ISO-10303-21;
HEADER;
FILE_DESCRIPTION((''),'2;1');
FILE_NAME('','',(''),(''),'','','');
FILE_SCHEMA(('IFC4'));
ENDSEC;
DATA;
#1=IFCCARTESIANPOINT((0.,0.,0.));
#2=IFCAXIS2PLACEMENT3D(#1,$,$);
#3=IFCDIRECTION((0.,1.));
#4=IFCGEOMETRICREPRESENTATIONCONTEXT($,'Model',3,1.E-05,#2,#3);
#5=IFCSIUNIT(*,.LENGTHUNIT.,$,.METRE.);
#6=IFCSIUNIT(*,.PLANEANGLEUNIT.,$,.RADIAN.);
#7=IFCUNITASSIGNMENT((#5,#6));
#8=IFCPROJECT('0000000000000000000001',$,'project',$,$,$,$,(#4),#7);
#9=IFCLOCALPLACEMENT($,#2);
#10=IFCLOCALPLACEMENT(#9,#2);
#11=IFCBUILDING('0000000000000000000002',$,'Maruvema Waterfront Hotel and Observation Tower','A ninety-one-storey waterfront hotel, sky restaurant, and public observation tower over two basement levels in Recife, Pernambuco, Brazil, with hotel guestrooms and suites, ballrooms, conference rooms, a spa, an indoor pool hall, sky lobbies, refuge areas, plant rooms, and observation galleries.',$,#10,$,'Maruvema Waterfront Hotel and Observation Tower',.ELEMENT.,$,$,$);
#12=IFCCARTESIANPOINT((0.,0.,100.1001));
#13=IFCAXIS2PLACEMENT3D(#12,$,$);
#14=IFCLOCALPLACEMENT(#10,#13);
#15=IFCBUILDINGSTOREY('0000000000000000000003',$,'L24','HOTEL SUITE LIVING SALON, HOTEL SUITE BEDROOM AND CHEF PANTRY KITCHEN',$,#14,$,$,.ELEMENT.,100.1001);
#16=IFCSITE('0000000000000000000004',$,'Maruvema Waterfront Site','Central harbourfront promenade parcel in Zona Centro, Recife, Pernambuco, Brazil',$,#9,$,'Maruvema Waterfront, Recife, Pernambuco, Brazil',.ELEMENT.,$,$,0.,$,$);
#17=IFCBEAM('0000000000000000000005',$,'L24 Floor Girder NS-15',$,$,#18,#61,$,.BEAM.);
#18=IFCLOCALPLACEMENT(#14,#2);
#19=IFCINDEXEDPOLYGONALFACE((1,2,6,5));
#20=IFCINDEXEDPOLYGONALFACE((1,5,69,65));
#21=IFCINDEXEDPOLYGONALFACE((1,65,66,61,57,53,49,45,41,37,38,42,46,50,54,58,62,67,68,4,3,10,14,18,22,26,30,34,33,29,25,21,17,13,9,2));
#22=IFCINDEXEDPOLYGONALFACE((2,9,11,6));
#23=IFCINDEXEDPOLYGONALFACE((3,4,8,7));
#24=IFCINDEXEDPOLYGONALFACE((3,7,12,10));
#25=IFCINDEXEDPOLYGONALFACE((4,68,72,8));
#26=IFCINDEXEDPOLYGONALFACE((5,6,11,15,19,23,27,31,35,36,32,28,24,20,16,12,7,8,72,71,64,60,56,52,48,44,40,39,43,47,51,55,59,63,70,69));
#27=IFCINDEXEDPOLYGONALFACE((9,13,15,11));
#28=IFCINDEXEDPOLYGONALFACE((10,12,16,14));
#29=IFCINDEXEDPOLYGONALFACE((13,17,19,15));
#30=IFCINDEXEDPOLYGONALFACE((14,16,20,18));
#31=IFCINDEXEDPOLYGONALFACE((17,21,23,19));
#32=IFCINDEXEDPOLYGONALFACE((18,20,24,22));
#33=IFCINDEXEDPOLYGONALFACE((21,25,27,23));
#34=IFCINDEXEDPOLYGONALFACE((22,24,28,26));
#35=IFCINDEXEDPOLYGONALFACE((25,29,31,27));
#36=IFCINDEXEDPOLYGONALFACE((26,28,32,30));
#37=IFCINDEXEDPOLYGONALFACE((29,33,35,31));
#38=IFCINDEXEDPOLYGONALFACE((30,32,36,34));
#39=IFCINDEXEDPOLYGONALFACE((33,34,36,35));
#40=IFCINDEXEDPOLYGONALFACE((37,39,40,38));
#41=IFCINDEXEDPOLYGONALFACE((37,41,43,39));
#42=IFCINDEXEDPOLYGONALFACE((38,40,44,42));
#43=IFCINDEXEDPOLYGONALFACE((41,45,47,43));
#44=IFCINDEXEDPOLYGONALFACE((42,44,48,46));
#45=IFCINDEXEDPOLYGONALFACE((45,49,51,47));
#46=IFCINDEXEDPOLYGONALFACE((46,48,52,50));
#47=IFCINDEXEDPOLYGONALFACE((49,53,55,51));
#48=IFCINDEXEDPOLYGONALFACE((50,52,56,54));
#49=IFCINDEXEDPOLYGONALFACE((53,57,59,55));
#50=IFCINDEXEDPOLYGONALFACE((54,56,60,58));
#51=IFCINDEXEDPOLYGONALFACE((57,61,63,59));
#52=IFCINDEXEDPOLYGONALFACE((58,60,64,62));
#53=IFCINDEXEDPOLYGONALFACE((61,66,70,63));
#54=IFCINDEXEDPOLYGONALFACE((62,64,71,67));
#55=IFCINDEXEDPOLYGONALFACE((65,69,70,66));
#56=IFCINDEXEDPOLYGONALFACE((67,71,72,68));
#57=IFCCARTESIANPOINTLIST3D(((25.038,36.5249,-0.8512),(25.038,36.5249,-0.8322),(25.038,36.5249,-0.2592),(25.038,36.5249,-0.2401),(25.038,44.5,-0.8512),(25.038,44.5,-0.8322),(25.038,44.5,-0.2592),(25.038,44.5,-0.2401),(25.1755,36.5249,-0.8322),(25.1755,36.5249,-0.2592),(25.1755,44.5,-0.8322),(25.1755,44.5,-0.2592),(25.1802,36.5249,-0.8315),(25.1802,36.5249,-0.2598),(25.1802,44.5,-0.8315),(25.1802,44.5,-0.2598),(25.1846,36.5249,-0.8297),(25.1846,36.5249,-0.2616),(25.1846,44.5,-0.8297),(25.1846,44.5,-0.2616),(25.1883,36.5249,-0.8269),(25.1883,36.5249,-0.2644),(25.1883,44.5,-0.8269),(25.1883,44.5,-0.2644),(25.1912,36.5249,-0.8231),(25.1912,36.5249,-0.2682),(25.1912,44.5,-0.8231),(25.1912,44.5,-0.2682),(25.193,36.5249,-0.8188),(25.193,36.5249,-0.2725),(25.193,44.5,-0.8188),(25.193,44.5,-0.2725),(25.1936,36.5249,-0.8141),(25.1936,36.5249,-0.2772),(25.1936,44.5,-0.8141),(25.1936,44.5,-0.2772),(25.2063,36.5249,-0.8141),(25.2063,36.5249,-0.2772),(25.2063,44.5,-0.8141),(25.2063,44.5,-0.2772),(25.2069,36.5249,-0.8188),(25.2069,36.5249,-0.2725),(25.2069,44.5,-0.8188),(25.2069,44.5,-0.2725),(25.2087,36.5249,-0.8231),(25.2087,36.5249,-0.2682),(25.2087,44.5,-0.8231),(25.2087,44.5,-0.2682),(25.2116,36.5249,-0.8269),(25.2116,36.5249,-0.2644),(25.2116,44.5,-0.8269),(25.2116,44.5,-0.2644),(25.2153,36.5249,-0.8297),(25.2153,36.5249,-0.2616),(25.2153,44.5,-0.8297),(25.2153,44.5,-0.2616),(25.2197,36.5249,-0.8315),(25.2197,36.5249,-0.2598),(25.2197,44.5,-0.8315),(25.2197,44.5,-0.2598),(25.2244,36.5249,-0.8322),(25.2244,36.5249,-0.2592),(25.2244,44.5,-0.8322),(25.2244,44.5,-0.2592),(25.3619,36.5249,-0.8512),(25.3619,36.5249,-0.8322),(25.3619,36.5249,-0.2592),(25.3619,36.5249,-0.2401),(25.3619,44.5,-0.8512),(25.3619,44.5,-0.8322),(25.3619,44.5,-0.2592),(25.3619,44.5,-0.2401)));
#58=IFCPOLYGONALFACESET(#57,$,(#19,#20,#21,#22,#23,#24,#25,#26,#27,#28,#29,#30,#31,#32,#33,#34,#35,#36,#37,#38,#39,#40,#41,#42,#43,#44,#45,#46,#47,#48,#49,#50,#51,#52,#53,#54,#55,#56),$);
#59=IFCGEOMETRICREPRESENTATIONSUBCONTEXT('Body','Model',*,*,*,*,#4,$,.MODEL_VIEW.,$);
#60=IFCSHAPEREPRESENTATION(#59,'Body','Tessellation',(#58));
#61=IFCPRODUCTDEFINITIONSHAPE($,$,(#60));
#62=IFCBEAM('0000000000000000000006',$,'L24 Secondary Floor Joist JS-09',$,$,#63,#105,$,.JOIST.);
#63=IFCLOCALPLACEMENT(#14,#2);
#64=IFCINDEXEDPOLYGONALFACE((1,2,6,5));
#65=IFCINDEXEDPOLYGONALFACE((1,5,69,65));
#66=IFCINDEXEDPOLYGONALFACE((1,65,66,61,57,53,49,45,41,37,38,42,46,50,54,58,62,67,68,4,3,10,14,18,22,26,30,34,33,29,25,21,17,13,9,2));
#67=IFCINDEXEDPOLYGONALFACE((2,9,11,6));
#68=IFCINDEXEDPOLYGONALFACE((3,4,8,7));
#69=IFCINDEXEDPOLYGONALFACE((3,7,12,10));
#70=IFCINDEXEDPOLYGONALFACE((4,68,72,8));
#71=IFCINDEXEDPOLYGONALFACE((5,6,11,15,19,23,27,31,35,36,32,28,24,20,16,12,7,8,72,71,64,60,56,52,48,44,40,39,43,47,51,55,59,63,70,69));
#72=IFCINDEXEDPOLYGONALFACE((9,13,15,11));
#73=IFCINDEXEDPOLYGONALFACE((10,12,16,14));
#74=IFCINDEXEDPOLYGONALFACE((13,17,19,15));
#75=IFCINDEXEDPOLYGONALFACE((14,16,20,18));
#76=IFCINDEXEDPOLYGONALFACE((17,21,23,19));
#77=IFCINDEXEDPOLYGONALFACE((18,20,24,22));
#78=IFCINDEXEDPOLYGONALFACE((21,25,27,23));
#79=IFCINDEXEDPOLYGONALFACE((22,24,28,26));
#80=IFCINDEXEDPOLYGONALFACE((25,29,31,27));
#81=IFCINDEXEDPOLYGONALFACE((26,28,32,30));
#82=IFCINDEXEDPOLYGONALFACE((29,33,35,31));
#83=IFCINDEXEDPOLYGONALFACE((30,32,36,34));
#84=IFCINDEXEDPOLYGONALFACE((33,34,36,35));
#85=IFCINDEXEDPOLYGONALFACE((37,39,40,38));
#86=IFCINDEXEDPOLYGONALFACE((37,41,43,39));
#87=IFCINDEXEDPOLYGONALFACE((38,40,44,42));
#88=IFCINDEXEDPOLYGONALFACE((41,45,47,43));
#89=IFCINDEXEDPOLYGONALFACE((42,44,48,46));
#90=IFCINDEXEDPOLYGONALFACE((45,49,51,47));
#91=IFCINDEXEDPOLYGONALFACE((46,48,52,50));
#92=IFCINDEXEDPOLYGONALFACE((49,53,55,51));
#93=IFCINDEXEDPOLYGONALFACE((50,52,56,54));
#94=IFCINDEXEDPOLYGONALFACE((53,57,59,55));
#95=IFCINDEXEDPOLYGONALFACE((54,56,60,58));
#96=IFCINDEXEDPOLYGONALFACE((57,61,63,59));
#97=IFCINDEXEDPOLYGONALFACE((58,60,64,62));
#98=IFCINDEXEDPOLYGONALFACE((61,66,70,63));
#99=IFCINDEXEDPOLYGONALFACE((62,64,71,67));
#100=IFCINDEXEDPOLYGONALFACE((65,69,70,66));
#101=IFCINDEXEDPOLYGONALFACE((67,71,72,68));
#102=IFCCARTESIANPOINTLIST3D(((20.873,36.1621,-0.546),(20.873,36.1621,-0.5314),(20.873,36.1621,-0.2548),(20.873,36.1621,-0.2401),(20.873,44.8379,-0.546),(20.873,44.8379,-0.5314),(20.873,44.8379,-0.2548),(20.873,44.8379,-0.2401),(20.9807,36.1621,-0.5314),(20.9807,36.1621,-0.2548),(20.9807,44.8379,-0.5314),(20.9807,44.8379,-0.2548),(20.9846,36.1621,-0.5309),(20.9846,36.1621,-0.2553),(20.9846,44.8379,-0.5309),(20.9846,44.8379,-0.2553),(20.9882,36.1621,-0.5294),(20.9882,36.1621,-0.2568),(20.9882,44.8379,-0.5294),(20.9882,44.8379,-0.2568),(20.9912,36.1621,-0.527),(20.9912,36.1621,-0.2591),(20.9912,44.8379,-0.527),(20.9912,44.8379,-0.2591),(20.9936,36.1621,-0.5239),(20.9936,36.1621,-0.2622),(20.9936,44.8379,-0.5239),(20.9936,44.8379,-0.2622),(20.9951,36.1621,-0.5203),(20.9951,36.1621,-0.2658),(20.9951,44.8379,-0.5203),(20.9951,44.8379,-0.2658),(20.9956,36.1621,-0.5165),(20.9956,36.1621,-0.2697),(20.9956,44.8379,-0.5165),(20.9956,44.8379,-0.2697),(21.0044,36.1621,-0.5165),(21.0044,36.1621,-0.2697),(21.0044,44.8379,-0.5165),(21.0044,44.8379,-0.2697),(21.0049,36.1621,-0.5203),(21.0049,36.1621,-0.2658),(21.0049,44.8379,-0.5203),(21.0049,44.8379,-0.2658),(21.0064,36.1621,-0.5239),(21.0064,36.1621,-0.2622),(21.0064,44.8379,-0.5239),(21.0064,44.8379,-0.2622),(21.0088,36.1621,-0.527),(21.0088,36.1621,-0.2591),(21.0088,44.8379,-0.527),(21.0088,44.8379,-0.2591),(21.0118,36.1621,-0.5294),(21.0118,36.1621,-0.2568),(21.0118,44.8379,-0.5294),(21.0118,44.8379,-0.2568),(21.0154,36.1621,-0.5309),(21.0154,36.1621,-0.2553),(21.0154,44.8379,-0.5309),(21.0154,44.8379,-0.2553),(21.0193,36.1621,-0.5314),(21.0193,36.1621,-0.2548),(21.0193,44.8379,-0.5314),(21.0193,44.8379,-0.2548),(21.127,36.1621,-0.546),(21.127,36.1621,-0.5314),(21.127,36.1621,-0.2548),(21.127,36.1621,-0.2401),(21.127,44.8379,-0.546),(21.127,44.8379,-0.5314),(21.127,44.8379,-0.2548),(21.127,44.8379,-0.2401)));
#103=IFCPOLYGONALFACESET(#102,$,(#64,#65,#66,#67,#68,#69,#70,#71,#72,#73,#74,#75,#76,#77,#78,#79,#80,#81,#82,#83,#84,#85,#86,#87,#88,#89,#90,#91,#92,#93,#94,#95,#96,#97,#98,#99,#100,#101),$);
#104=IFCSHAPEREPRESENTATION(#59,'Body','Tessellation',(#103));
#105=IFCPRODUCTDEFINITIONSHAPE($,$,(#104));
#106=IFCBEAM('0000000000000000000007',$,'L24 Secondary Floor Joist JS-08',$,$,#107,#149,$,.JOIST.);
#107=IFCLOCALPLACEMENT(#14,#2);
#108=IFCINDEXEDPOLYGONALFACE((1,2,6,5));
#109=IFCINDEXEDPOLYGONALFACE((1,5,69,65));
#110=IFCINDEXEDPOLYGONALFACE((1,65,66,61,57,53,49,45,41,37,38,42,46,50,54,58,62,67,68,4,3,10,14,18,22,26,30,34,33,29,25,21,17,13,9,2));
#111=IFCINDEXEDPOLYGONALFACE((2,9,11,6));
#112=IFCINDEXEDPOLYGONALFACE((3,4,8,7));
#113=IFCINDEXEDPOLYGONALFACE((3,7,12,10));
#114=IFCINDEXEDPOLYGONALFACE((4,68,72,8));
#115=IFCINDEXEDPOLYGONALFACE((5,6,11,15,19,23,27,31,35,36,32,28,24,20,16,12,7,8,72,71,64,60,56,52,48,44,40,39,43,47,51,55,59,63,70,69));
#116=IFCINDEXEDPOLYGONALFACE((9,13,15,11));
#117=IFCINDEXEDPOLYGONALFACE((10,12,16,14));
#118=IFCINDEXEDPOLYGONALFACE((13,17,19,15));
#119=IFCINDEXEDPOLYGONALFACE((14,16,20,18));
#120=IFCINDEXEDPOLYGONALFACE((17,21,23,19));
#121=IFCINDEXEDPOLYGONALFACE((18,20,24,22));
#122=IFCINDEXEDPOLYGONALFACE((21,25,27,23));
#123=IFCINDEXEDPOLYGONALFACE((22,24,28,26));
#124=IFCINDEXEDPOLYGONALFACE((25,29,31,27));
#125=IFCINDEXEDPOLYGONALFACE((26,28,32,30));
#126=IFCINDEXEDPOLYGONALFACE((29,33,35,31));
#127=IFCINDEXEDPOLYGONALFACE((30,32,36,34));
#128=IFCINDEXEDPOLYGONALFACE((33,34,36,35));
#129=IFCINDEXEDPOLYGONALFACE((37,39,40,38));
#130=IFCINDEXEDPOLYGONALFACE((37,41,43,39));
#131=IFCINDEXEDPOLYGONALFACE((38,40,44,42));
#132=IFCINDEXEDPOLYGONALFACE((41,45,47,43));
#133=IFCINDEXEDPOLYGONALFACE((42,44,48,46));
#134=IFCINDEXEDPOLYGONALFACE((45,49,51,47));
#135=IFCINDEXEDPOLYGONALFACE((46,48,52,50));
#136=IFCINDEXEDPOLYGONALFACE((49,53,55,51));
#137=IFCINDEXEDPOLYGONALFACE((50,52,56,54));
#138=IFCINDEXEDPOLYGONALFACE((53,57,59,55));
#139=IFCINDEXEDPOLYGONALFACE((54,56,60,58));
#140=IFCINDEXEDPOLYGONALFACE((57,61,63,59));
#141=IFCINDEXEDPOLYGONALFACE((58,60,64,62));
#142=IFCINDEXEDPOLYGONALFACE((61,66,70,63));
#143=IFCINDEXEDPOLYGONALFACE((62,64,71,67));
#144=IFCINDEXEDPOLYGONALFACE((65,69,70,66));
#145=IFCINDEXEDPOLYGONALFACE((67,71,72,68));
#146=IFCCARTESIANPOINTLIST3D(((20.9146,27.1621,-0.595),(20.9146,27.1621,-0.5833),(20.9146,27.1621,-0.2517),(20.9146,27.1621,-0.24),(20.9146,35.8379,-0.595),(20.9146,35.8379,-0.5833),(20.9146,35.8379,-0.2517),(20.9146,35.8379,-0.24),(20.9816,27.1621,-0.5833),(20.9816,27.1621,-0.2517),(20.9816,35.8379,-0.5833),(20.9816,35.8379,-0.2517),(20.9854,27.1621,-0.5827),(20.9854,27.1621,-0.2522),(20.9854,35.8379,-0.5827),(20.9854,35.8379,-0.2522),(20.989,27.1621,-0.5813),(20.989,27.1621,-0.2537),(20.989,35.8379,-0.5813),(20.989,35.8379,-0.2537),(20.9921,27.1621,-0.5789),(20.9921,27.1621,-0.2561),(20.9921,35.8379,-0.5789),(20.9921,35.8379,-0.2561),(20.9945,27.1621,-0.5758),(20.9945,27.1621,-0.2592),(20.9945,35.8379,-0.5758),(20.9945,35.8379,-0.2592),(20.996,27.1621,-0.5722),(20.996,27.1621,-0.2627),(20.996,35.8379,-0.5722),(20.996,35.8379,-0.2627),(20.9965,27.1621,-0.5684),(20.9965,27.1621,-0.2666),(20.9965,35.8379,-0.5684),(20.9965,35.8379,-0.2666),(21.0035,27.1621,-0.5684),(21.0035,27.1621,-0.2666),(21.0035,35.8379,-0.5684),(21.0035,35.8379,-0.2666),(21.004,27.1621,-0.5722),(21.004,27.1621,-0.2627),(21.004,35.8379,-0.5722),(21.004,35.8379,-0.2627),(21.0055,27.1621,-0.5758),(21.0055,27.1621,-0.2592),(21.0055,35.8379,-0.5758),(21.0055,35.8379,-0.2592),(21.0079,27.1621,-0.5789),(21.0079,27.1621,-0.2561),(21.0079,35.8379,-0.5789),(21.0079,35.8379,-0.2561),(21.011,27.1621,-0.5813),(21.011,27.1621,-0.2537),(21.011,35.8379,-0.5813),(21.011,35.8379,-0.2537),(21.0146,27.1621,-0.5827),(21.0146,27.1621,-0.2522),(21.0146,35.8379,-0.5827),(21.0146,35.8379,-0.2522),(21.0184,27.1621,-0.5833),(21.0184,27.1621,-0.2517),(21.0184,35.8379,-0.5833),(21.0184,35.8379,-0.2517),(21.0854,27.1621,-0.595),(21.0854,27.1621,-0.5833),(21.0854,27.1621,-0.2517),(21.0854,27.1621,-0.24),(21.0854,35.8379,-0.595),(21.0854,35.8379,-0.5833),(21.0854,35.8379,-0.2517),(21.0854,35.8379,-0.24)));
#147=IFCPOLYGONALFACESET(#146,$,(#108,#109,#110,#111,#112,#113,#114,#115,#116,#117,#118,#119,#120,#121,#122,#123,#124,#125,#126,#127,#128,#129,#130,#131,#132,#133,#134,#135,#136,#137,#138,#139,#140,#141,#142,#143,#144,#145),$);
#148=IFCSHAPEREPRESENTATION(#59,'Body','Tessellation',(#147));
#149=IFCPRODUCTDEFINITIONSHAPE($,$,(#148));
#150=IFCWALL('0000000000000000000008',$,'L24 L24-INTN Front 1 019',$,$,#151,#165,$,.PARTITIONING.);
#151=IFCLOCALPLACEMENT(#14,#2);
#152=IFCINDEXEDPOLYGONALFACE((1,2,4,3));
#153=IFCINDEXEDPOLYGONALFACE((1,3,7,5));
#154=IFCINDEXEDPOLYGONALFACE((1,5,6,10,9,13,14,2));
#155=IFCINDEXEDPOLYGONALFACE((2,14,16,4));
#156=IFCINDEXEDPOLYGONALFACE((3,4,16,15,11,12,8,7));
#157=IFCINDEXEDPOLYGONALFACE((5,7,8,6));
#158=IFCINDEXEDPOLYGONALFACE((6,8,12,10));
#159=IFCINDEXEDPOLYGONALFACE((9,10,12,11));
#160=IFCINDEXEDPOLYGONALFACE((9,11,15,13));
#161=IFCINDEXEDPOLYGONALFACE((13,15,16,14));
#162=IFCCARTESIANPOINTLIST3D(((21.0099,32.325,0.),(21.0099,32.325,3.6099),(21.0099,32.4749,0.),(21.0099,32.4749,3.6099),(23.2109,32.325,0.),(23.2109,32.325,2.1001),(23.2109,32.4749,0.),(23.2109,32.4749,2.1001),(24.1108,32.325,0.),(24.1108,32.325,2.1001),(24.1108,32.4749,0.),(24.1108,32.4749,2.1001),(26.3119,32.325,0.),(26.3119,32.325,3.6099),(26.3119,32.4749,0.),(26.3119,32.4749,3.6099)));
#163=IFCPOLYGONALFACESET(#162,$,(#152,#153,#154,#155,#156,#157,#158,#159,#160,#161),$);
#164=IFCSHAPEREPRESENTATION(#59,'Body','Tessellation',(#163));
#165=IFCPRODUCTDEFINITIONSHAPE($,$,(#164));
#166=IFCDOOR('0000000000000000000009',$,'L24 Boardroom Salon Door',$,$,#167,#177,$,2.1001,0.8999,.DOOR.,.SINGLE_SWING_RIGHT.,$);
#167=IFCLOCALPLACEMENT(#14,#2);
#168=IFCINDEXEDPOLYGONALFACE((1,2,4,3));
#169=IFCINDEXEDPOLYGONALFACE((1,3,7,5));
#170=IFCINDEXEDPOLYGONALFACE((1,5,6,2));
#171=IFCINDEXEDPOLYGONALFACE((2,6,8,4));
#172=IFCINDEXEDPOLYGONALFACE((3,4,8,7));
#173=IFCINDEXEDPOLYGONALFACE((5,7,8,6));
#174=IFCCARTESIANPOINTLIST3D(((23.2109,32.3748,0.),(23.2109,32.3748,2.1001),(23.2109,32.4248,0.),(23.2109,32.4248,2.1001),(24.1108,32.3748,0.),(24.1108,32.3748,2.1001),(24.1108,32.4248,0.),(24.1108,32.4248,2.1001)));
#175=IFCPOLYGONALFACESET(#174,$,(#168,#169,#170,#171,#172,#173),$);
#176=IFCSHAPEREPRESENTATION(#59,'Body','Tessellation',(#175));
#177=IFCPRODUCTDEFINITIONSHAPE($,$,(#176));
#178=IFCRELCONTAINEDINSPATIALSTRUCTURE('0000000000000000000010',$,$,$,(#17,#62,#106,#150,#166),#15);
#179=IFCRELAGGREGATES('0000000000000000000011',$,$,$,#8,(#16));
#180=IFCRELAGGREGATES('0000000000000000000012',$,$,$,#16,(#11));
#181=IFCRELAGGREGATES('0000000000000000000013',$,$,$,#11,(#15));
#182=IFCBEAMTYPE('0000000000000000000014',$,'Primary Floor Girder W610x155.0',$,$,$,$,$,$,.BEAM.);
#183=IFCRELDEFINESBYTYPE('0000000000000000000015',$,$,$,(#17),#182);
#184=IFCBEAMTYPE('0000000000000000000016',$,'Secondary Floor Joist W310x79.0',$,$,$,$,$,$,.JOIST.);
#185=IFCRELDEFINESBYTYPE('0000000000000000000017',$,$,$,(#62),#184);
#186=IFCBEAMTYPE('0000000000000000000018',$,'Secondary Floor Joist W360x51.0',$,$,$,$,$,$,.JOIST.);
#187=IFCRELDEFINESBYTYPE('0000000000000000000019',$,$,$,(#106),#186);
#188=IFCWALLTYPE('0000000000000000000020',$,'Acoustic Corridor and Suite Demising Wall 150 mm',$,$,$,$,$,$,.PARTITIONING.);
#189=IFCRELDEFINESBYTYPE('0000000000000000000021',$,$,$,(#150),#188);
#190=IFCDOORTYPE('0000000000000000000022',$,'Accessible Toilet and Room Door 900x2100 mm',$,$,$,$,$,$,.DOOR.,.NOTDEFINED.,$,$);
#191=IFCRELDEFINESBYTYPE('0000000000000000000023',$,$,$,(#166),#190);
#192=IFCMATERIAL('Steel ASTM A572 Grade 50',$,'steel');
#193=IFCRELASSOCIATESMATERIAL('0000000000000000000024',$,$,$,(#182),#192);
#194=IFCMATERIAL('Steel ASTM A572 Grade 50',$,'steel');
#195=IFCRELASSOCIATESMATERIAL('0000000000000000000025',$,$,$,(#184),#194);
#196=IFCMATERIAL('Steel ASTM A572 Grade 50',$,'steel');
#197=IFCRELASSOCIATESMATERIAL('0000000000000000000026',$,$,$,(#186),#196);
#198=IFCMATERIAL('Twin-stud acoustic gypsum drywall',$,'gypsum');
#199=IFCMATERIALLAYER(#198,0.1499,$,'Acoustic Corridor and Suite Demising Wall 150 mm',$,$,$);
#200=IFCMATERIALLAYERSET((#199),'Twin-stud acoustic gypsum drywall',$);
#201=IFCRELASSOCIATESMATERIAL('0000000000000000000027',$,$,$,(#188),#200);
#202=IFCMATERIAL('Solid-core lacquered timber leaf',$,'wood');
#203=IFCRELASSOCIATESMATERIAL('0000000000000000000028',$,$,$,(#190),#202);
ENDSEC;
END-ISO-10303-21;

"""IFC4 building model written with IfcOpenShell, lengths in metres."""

from ifc_helpers import new_model, si_unit, direction, frame, frame_2d, origin, origin_2d, place, context, subcontext, project, spatial, rectangle, i_section, extrude, material, layer, layer_set, material_profile, profile_set, type_object, element, fill, save


model = new_model("IFC4")

# Units and contexts
model_context = context("Model", 3, precision=1e-05, world=origin(), true_north=direction((0.0, 1.0)))
body_context = subcontext(model_context, "Body", "Model", "MODEL_VIEW")
ifc_project = project(units=[si_unit("LENGTHUNIT", "METRE"), si_unit("PLANEANGLEUNIT", "RADIAN")], contexts=[model_context])

# Site, building, storey
site_placement = place(None, origin())
site = spatial("IfcSite", under=ifc_project, at=site_placement, Name="Maruvema Waterfront Site", Description="Central harbourfront promenade parcel in Zona Centro, Recife, Pernambuco, Brazil", LongName="Maruvema Waterfront, Recife, Pernambuco, Brazil", CompositionType="ELEMENT", RefElevation=0.0)
building_placement = place(site_placement, origin())
building = spatial("IfcBuilding", under=site, at=building_placement, Name="Maruvema Waterfront Hotel and Observation Tower", Description="A ninety-one-storey waterfront hotel, sky restaurant, and public observation tower over two basement levels in Recife, Pernambuco, Brazil, with hotel guestrooms and suites, ballrooms, conference rooms, a spa, an indoor pool hall, sky lobbies, refuge areas, plant rooms, and observation galleries.", LongName="Maruvema Waterfront Hotel and Observation Tower", CompositionType="ELEMENT")
storey_placement = place(building_placement, frame((0.0, 0.0, 100.1001)))
storey = spatial("IfcBuildingStorey", under=building, at=storey_placement, Name="L24", Description="HOTEL SUITE LIVING SALON, HOTEL SUITE BEDROOM AND CHEF PANTRY KITCHEN", CompositionType="ELEMENT", Elevation=100.1001)

# Beams
ifc_material_1 = material(Name="Steel ASTM A572 Grade 50", Category="steel")
ifc_material_profile_1 = material_profile(ifc_material_1, i_section(OverallWidth=0.324, OverallDepth=0.6111, WebThickness=0.0127, FlangeThickness=0.019, FilletRadius=0.0181, at=origin_2d()), Name="W610x155.0")
ifc_profile_set_1 = profile_set([ifc_material_profile_1], Name="Steel ASTM A572 Grade 50")
beam_type_1 = type_object("IfcBeamType", Name="Primary Floor Girder W610x155.0", PredefinedType="BEAM", material=ifc_profile_set_1)
for number, where, z_axis, x_axis, name in (
    (1, (25.2, 36.5249, -0.5457), (0.0, 1.0, 0.0), (-1.0, 0.0, 0.0), "L24 Floor Girder NS-15"),
):
    element("IfcBeam", number, at=place(storey_placement, frame(where, z_axis=z_axis, x_axis=x_axis)), inside=storey, type_object=beam_type_1, Name=name, PredefinedType="BEAM", context=body_context, shape_type="SweptSolid", body=[
        extrude(i_section(OverallWidth=0.324, OverallDepth=0.6111, WebThickness=0.0127, FlangeThickness=0.019, FilletRadius=0.0181, at=origin_2d()), origin(), (0.0, 0.0, 1.0), 7.9751),
    ])
ifc_material_2 = material(Name="Steel ASTM A572 Grade 50", Category="steel")
ifc_material_profile_2 = material_profile(ifc_material_2, i_section(OverallWidth=0.2539, OverallDepth=0.3059, WebThickness=0.0088, FlangeThickness=0.0146, FilletRadius=0.0149, at=origin_2d()), Name="W310x79.0")
ifc_profile_set_2 = profile_set([ifc_material_profile_2], Name="Steel ASTM A572 Grade 50")
beam_type_2 = type_object("IfcBeamType", Name="Secondary Floor Joist W310x79.0", PredefinedType="JOIST", material=ifc_profile_set_2)
beam_1_placement = place(storey_placement, frame((21.0, 36.1621, -0.3931), z_axis=(0.0, 1.0, 0.0), x_axis=(-1.0, 0.0, 0.0)))
element("IfcBeam", 2, at=beam_1_placement, inside=storey, type_object=beam_type_2, Name="L24 Secondary Floor Joist JS-09", PredefinedType="JOIST", context=body_context, shape_type="SweptSolid", body=[
    extrude(i_section(OverallWidth=0.2539, OverallDepth=0.3059, WebThickness=0.0088, FlangeThickness=0.0146, FilletRadius=0.0149, at=origin_2d()), origin(), (0.0, 0.0, 1.0), 8.6758),
])
ifc_material_3 = material(Name="Steel ASTM A572 Grade 50", Category="steel")
ifc_material_profile_3 = material_profile(ifc_material_3, i_section(OverallWidth=0.1709, OverallDepth=0.355, WebThickness=0.0071, FlangeThickness=0.0117, FilletRadius=0.0149, at=origin_2d()), Name="W360x51.0")
ifc_profile_set_3 = profile_set([ifc_material_profile_3], Name="Steel ASTM A572 Grade 50")
beam_type_3 = type_object("IfcBeamType", Name="Secondary Floor Joist W360x51.0", PredefinedType="JOIST", material=ifc_profile_set_3)
beam_2_placement = place(storey_placement, frame((21.0, 27.1621, -0.4175), z_axis=(0.0, 1.0, 0.0), x_axis=(-1.0, 0.0, 0.0)))
element("IfcBeam", 3, at=beam_2_placement, inside=storey, type_object=beam_type_3, Name="L24 Secondary Floor Joist JS-08", PredefinedType="JOIST", context=body_context, shape_type="SweptSolid", body=[
    extrude(i_section(OverallWidth=0.1709, OverallDepth=0.355, WebThickness=0.0071, FlangeThickness=0.0117, FilletRadius=0.0149, at=origin_2d()), origin(), (0.0, 0.0, 1.0), 8.6758),
])

# Wall, opening, door
ifc_material_4 = material(Name="Twin-stud acoustic gypsum drywall", Category="gypsum")
ifc_layer_1 = layer(ifc_material_4, 0.1499, Name="Acoustic Corridor and Suite Demising Wall 150 mm")
ifc_layer_set_1 = layer_set([ifc_layer_1], Name="Twin-stud acoustic gypsum drywall")
wall_type_1 = type_object("IfcWallType", Name="Acoustic Corridor and Suite Demising Wall 150 mm", PredefinedType="PARTITIONING", material=ifc_layer_set_1)
wall_1_placement = place(storey_placement, frame((21.01, 32.3999, 0.0), z_axis=(0.0, 0.0, 1.0), x_axis=(1.0, 0.0, 0.0)))
wall_1 = element("IfcWall", 4, at=wall_1_placement, inside=storey, type_object=wall_type_1, Name="L24 L24-INTN Front 1 019", PredefinedType="PARTITIONING", context=body_context, shape_type="SweptSolid", body=[
    extrude(rectangle(XDim=5.302, YDim=0.1499, at=frame_2d((2.6509, 0.0))), origin(), (0.0, 0.0, 1.0), 3.6099),
])
opening_1_placement = place(wall_1_placement, frame((2.2009, 0.0, 0.0)))
opening_1 = element("IfcOpeningElement", 5, at=opening_1_placement, cuts=wall_1, PredefinedType="OPENING", context=body_context, shape_type="SweptSolid", body=[
    extrude(rectangle(XDim=0.8999, YDim=2.1001, at=frame_2d((0.45, 1.05))), frame((0.0, 0.085, 0.0), z_axis=(0.0, -1.0, 0.0), x_axis=(1.0, 0.0, 0.0)), (0.0, 0.0, 1.0), 0.1699),
])
ifc_material_5 = material(Name="Solid-core lacquered timber leaf", Category="wood")
door_type_1 = type_object("IfcDoorType", Name="Accessible Toilet and Room Door 900x2100 mm", OperationType="NOTDEFINED", PredefinedType="DOOR", material=ifc_material_5)
door_1_placement = place(opening_1_placement, origin())
door_1 = element("IfcDoor", 6, at=door_1_placement, inside=storey, type_object=door_type_1, Name="L24 Boardroom Salon Door", OperationType="SINGLE_SWING_RIGHT", OverallHeight=2.1001, OverallWidth=0.8999, PredefinedType="DOOR", context=body_context, shape_type="SweptSolid", body=[
    extrude(rectangle(XDim=0.8999, YDim=2.1001, at=frame_2d((0.45, 1.05))), frame((0.0, 0.0249, 0.0), z_axis=(0.0, -1.0, 0.0), x_axis=(1.0, 0.0, 0.0)), (0.0, 0.0, 1.0), 0.05),
])
fill(opening_1, door_1)

save(model, "model.ifc")
